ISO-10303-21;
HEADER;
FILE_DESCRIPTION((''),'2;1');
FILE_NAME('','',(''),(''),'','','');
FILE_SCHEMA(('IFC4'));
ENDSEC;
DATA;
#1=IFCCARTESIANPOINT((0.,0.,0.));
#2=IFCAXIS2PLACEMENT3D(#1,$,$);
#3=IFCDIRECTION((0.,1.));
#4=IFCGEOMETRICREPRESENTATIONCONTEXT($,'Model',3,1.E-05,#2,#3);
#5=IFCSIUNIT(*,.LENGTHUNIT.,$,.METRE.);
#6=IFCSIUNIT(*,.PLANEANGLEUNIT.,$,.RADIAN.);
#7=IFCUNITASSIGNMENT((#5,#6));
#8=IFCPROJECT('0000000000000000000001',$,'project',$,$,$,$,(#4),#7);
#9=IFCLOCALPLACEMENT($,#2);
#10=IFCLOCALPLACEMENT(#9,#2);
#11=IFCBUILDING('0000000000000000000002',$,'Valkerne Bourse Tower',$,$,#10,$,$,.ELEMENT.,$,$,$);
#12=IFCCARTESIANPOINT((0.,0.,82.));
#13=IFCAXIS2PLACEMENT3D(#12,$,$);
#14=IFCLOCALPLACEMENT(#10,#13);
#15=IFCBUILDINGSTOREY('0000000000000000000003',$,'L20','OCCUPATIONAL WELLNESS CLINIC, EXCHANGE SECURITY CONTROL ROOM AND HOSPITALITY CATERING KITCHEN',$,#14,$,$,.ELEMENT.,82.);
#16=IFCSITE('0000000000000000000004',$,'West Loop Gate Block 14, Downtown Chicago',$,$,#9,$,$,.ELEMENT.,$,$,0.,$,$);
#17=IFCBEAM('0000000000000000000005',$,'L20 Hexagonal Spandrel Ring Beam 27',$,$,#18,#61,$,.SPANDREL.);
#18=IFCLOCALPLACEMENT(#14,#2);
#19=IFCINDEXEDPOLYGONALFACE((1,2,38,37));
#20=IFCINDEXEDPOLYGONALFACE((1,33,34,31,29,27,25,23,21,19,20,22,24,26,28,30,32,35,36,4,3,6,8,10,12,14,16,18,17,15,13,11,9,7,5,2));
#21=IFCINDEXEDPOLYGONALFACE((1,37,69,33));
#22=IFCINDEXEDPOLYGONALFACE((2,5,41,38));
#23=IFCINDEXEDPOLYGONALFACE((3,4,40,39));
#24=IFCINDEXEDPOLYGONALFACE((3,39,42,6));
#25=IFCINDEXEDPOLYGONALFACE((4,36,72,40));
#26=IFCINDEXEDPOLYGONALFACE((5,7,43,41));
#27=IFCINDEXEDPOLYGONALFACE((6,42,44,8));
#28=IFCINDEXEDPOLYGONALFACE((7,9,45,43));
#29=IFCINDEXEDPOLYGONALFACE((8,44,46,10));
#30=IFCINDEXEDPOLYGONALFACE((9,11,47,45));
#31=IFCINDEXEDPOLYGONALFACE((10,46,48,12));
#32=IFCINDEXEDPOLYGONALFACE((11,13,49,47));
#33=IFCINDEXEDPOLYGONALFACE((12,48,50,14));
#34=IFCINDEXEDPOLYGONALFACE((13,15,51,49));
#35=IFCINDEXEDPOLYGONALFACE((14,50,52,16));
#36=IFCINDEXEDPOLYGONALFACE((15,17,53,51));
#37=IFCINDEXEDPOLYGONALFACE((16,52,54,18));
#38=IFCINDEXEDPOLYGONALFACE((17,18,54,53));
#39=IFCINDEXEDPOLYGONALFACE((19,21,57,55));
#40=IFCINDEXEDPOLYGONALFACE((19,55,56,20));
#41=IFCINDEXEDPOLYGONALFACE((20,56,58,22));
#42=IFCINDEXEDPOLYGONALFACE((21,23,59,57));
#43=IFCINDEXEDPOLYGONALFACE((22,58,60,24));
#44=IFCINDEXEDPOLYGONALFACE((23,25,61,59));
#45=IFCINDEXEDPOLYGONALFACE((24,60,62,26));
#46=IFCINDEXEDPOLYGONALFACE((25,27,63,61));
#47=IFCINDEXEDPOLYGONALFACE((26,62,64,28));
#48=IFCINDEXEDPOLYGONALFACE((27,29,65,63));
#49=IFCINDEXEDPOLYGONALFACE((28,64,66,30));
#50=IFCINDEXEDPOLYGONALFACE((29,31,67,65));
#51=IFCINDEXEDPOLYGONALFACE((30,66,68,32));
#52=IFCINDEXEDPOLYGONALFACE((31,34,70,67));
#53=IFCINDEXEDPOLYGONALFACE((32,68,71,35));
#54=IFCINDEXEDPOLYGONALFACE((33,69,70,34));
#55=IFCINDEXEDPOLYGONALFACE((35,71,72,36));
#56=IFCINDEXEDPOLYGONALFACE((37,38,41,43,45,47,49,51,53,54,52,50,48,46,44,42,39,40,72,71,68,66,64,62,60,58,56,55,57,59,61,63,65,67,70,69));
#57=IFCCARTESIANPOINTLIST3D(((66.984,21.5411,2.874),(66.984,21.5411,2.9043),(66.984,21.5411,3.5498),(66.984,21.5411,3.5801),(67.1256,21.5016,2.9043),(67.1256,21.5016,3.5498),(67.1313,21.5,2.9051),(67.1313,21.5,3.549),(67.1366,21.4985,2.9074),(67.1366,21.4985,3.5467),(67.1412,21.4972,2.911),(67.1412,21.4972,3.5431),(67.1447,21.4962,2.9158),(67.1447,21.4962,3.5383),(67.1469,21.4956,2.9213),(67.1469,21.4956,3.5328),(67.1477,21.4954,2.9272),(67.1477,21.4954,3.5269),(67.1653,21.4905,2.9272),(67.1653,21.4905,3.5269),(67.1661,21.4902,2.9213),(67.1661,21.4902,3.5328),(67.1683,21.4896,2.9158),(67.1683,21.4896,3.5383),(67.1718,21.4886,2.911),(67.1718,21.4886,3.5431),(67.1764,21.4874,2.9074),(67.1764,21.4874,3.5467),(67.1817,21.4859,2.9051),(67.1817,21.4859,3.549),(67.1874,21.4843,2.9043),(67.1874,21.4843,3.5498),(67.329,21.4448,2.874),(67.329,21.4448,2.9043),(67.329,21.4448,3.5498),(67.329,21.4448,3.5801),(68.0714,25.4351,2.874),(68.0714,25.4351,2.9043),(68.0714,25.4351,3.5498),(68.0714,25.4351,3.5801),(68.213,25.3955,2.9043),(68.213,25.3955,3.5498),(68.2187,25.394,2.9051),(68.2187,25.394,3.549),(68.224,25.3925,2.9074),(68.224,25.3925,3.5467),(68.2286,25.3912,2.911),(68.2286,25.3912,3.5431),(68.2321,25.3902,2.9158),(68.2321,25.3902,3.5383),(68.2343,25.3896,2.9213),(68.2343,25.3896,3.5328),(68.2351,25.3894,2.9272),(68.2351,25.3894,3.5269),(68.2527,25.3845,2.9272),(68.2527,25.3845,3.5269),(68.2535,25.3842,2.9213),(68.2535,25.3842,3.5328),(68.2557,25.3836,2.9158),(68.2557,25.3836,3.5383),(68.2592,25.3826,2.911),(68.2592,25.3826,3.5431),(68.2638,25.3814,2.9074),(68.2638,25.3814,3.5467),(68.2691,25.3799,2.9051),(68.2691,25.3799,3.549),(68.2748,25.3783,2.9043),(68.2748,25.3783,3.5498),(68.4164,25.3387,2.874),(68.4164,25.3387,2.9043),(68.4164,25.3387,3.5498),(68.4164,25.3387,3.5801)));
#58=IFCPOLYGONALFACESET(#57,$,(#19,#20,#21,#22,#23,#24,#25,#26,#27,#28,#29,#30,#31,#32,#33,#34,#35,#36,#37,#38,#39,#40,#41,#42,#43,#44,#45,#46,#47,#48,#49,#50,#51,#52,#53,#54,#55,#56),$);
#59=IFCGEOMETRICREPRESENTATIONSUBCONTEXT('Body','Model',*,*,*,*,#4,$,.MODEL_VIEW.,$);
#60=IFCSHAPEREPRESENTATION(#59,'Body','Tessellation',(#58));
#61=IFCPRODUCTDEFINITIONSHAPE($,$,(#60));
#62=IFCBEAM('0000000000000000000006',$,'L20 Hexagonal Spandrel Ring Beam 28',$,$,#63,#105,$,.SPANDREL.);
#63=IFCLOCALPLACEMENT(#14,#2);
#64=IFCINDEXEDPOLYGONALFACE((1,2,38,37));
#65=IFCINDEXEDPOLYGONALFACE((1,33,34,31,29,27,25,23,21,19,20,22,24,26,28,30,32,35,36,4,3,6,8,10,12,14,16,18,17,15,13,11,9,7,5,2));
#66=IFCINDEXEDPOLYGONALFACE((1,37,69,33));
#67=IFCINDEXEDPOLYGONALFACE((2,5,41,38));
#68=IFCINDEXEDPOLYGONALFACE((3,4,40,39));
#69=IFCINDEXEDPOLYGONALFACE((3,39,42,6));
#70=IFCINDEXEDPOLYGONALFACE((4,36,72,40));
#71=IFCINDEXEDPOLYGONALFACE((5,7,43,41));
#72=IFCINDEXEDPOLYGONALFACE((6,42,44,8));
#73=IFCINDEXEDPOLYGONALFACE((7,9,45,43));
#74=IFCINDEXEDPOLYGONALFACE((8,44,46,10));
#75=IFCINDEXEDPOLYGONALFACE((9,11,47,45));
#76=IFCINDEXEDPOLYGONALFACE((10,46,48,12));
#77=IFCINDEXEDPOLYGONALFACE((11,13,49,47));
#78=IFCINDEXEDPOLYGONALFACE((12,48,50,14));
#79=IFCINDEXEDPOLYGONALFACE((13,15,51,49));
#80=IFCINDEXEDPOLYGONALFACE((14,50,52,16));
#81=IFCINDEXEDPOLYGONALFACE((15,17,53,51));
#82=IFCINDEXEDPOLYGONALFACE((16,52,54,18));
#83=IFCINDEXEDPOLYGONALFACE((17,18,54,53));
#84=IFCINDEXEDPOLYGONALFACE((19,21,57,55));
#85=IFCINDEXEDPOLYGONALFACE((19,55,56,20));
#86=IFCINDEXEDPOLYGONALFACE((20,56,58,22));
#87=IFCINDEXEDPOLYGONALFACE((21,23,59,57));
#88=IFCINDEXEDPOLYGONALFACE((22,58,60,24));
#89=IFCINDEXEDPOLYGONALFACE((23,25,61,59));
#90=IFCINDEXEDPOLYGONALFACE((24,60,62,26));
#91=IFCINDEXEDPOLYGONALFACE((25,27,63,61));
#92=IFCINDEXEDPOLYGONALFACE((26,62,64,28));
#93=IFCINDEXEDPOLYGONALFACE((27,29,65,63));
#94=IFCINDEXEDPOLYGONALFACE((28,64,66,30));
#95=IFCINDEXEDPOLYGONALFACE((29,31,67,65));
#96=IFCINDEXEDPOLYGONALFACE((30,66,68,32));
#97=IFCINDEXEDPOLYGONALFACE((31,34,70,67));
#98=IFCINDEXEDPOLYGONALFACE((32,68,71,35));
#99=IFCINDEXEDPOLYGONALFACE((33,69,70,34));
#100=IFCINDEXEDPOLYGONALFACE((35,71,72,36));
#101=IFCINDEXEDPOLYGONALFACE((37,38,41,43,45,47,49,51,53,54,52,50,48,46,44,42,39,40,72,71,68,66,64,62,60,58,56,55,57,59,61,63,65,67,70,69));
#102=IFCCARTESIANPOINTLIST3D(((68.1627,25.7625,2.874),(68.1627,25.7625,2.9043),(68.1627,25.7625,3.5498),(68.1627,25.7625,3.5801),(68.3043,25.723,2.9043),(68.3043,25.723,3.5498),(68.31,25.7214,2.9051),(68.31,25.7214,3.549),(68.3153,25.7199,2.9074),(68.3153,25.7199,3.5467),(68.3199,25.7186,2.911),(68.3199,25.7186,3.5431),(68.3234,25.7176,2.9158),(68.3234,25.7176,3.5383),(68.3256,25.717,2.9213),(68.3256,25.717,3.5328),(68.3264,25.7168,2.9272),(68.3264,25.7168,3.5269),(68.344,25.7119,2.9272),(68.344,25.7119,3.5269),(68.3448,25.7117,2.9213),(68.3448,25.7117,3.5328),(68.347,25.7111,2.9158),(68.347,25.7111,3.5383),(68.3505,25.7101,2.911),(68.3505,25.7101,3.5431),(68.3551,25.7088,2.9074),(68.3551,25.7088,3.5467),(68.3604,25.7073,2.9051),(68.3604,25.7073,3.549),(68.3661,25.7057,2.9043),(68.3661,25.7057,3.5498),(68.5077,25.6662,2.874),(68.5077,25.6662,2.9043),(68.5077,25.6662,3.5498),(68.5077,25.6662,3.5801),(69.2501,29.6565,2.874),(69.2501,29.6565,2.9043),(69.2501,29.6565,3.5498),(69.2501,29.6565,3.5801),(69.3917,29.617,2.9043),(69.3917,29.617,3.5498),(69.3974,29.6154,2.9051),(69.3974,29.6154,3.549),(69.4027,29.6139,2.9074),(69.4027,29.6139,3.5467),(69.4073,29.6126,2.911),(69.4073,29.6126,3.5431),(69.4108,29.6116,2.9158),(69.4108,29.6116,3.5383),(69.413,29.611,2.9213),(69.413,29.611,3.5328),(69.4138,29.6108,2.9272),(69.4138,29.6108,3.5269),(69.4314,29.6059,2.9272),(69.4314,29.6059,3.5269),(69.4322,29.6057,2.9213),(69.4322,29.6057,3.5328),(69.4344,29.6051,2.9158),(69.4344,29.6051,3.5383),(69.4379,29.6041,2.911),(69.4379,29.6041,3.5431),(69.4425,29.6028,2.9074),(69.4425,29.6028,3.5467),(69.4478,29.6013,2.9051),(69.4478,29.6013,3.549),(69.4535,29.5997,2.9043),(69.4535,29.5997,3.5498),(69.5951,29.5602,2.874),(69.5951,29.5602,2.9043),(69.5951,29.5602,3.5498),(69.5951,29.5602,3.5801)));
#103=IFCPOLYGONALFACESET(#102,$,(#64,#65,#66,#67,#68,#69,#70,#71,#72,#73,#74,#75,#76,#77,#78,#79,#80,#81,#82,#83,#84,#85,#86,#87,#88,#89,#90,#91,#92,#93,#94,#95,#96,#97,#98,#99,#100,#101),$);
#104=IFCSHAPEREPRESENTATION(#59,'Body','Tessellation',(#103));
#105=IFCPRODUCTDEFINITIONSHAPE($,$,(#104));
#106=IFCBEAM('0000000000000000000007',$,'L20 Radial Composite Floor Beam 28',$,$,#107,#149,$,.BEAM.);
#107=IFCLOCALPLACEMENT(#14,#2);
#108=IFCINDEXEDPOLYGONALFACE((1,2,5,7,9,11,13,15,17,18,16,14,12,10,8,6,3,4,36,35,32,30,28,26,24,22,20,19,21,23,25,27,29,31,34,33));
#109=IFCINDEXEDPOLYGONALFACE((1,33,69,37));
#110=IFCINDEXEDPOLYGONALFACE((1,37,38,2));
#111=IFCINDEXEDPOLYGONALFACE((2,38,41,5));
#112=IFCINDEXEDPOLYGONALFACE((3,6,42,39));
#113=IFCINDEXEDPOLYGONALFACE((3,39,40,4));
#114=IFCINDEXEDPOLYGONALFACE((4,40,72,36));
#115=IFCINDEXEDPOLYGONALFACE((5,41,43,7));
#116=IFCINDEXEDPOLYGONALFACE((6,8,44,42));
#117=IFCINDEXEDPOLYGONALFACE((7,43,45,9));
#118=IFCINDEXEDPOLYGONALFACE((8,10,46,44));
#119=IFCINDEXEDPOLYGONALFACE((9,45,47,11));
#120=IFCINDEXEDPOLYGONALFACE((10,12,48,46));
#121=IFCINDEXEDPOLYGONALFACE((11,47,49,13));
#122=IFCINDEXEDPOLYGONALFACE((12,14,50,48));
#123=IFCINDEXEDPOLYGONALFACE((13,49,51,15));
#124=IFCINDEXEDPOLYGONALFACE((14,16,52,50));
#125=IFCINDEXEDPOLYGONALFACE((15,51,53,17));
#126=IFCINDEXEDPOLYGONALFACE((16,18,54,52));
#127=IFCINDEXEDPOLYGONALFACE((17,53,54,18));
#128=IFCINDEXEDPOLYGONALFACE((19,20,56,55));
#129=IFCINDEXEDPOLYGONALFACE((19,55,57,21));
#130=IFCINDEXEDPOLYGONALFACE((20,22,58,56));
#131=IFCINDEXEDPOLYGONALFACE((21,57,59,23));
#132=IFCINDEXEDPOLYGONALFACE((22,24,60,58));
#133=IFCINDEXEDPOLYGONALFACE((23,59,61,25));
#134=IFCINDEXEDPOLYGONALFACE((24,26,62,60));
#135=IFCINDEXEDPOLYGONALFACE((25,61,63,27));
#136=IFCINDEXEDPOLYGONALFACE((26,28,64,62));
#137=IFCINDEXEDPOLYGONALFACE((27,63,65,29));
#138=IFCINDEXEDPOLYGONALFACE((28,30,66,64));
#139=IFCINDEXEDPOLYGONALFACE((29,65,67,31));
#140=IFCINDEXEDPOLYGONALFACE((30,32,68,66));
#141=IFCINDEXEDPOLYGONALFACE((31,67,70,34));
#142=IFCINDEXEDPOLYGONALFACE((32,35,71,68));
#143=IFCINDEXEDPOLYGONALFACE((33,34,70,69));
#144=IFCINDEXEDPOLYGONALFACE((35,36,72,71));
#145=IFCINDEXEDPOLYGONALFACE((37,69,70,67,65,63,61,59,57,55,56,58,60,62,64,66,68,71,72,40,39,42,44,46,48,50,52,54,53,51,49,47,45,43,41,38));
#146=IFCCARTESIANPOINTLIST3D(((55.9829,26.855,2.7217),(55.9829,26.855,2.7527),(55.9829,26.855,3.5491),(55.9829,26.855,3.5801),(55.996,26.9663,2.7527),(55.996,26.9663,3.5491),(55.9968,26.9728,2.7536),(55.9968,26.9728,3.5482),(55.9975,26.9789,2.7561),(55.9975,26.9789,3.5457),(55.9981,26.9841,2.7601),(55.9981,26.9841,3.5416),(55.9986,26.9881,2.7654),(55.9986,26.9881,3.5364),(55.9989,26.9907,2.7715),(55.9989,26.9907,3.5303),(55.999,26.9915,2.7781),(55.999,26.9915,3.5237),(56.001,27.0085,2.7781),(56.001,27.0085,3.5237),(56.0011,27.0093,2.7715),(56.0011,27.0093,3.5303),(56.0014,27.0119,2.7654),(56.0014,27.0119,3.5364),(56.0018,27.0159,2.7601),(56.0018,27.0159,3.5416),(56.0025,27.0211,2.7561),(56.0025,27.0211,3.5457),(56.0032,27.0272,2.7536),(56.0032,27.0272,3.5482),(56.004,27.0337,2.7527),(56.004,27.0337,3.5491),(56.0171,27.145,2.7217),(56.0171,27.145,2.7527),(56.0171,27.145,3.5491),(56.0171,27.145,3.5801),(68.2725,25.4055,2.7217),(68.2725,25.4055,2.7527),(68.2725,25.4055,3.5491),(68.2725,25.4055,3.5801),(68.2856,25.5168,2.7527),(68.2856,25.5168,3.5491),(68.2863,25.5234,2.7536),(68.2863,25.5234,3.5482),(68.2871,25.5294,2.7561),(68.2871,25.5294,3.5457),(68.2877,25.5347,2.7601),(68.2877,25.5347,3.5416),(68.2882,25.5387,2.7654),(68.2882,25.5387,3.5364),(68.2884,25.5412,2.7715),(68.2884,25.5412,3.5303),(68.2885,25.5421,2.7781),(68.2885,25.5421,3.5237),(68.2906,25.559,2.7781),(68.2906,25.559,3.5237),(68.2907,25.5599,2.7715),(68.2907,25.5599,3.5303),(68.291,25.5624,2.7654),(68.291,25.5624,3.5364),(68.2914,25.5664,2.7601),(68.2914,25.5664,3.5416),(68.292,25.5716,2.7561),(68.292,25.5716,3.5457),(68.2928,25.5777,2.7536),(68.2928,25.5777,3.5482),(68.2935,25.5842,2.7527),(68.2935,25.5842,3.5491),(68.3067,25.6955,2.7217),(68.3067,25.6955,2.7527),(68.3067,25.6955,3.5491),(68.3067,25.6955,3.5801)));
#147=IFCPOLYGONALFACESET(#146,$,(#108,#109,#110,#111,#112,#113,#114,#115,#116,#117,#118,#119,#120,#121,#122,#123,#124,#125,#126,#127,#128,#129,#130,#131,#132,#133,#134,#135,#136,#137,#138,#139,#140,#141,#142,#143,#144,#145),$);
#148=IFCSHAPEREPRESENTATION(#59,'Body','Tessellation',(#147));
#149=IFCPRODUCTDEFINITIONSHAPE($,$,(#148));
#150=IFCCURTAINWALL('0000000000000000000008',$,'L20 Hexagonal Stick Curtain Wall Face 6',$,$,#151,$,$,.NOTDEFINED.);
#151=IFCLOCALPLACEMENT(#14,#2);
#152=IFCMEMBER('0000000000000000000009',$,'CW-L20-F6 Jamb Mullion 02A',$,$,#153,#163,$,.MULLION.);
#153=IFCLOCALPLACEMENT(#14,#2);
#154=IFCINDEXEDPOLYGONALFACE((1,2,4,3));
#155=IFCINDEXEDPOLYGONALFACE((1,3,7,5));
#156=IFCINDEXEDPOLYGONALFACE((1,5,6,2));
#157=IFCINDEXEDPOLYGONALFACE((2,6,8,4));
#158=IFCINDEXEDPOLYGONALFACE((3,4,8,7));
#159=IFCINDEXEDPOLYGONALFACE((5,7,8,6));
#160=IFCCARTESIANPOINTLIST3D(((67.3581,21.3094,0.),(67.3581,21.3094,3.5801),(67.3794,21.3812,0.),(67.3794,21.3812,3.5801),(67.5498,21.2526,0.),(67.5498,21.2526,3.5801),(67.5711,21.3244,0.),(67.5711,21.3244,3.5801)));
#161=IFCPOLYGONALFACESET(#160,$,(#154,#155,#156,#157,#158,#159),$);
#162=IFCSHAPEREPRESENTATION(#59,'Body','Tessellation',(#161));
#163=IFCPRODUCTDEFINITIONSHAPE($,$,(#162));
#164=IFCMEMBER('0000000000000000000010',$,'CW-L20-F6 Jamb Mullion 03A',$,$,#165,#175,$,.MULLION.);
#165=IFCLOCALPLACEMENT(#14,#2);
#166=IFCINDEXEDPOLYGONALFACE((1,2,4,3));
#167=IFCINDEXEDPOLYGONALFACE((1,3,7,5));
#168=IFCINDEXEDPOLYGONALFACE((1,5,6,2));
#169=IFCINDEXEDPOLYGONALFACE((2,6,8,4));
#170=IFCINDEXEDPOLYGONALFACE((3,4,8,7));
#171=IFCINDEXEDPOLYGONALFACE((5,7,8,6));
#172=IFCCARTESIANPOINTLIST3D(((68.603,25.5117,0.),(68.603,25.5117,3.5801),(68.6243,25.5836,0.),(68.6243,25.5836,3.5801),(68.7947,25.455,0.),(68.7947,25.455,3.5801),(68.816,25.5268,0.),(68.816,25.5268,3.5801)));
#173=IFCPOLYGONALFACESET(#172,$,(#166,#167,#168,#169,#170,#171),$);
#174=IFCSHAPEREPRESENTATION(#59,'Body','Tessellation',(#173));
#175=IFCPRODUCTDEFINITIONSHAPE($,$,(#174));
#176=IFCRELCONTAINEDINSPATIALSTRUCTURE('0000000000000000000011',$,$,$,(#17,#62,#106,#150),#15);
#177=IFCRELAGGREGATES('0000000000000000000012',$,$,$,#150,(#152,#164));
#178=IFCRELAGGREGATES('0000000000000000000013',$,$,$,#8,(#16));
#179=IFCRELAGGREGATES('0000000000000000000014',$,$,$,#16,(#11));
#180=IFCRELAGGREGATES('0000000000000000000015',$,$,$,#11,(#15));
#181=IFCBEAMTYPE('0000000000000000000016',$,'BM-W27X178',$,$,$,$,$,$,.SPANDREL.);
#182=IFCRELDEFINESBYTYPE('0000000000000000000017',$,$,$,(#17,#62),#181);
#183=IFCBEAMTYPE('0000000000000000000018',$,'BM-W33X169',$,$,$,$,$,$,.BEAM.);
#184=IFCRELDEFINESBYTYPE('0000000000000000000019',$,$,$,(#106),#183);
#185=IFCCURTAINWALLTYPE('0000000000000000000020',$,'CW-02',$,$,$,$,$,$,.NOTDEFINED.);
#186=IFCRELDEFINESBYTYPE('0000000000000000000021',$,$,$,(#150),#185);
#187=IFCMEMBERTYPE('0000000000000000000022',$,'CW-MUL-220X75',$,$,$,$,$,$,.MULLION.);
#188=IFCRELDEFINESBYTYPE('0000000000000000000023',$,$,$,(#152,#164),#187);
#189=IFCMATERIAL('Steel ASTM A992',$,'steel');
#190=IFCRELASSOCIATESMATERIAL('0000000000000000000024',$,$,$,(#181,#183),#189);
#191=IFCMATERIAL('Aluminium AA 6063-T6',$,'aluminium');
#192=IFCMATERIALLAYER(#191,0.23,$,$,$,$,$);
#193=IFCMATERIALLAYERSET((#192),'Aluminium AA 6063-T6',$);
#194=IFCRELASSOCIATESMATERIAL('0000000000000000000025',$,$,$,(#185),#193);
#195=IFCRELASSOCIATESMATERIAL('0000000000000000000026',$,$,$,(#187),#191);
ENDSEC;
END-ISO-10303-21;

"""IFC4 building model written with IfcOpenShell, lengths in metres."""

from ifc_helpers import new_model, si_unit, direction, frame, origin, origin_2d, place, context, subcontext, project, spatial, rectangle, i_section, extrude, material, layer, layer_set, material_profile, profile_set, type_object, element, aggregate, save


model = new_model("IFC4")

# Units and contexts
model_context = context("Model", 3, precision=1e-05, world=origin(), true_north=direction((0.0, 1.0)))
body_context = subcontext(model_context, "Body", "Model", "MODEL_VIEW")
ifc_project = project(units=[si_unit("LENGTHUNIT", "METRE"), si_unit("PLANEANGLEUNIT", "RADIAN")], contexts=[model_context])

# Site, building, storey
site_placement = place(None, origin())
site = spatial("IfcSite", under=ifc_project, at=site_placement, Name="West Loop Gate Block 14, Downtown Chicago", CompositionType="ELEMENT", RefElevation=0.0)
building_placement = place(site_placement, origin())
building = spatial("IfcBuilding", under=site, at=building_placement, Name="Valkerne Bourse Tower", CompositionType="ELEMENT")
storey_placement = place(building_placement, frame((0.0, 0.0, 82.0)))
storey = spatial("IfcBuildingStorey", under=building, at=storey_placement, Name="L20", Description="OCCUPATIONAL WELLNESS CLINIC, EXCHANGE SECURITY CONTROL ROOM AND HOSPITALITY CATERING KITCHEN", CompositionType="ELEMENT", Elevation=82.0)

# Beams
ifc_material_1 = material(Name="Steel ASTM A992", Category="steel")
ifc_material_profile_1 = material_profile(ifc_material_1, i_section(OverallWidth=0.3582, OverallDepth=0.7061, WebThickness=0.0183, FlangeThickness=0.0303, FilletRadius=0.0229, at=origin_2d()), Name="W27X178")
ifc_profile_set_1 = profile_set([ifc_material_profile_1], Name="Steel ASTM A992")
beam_type_1 = type_object("IfcBeamType", Name="BM-W27X178", PredefinedType="SPANDREL", material=ifc_profile_set_1)
for number, where, z_axis, x_axis, name in (
    (1, (67.1565, 21.4929, 3.2271), (0.268958, 0.963152, 0.0), (-0.963152, 0.268958, 0.0), "L20 Hexagonal Spandrel Ring Beam 27"),
    (2, (68.3352, 25.7144, 3.2271), (0.268958, 0.963152, 0.0), (-0.963152, 0.268958, 0.0), "L20 Hexagonal Spandrel Ring Beam 28"),
):
    element("IfcBeam", number, at=place(storey_placement, frame(where, z_axis=z_axis, x_axis=x_axis)), inside=storey, type_object=beam_type_1, Name=name, PredefinedType="SPANDREL", context=body_context, shape_type="SweptSolid", body=[
        extrude(i_section(OverallWidth=0.3582, OverallDepth=0.7061, WebThickness=0.0183, FlangeThickness=0.0303, FilletRadius=0.0229, at=origin_2d()), origin(), (0.0, 0.0, 1.0), 4.043),
    ])
ifc_material_profile_2 = material_profile(ifc_material_1, i_section(OverallWidth=0.292, OverallDepth=0.8584, WebThickness=0.0171, FlangeThickness=0.031, FilletRadius=0.0254, at=origin_2d()), Name="W33X169")
ifc_profile_set_2 = profile_set([ifc_material_profile_2], Name="Steel ASTM A992")
beam_type_2 = type_object("IfcBeamType", Name="BM-W33X169", PredefinedType="BEAM", material=ifc_profile_set_2)
beam_1_placement = place(storey_placement, frame((68.2896, 25.5505, 3.1509), z_axis=(-0.993116, 0.117131, 0.0), x_axis=(-0.117131, -0.993116, 0.0)))
element("IfcBeam", 3, at=beam_1_placement, inside=storey, type_object=beam_type_2, Name="L20 Radial Composite Floor Beam 28", PredefinedType="BEAM", context=body_context, shape_type="SweptSolid", body=[
    extrude(i_section(OverallWidth=0.292, OverallDepth=0.8584, WebThickness=0.0171, FlangeThickness=0.031, FilletRadius=0.0254, at=origin_2d()), origin(), (0.0, 0.0, 1.0), 12.3748),
])

# Curtain wall, members
ifc_material_2 = material(Name="Aluminium AA 6063-T6", Category="aluminium")
ifc_layer_1 = layer(ifc_material_2, 0.23)
ifc_layer_set_1 = layer_set([ifc_layer_1], Name="Aluminium AA 6063-T6")
curtain_wall_type = type_object("IfcCurtainWallType", Name="CW-02", PredefinedType="NOTDEFINED", material=ifc_layer_set_1)
curtain_wall_placement = place(storey_placement, origin())
curtain_wall = element("IfcCurtainWall", 4, at=curtain_wall_placement, inside=storey, type_object=curtain_wall_type, Name="L20 Hexagonal Stick Curtain Wall Face 6", PredefinedType="NOTDEFINED")
ifc_material_profile_3 = material_profile(ifc_material_2, rectangle(XDim=0.075, YDim=0.2, at=origin_2d()), Name="CWM-75X200")
ifc_profile_set_3 = profile_set([ifc_material_profile_3], Name="Aluminium AA 6063-T6")
member_type_1 = type_object("IfcMemberType", Name="CW-MUL-220X75", PredefinedType="MULLION", material=ifc_profile_set_3)
member_1_placement = place(storey_placement, frame((67.4646, 21.3169, 0.0), z_axis=(0.0, 0.0, 1.0), x_axis=(0.284029, 0.958816, 0.0)))
member_1 = element("IfcMember", 5, at=member_1_placement, type_object=member_type_1, Name="CW-L20-F6 Jamb Mullion 02A", PredefinedType="MULLION", context=body_context, shape_type="SweptSolid", body=[
    extrude(rectangle(XDim=0.075, YDim=0.2, at=origin_2d()), origin(), (0.0, 0.0, 1.0), 3.5801),
])
member_2_placement = place(storey_placement, frame((68.7095, 25.5193, 0.0), z_axis=(0.0, 0.0, 1.0), x_axis=(0.284008, 0.958822, 0.0)))
member_2 = element("IfcMember", 6, at=member_2_placement, type_object=member_type_1, Name="CW-L20-F6 Jamb Mullion 03A", PredefinedType="MULLION", context=body_context, shape_type="SweptSolid", body=[
    extrude(rectangle(XDim=0.075, YDim=0.2, at=origin_2d()), origin(), (0.0, 0.0, 1.0), 3.5801),
])

aggregate(curtain_wall, [member_1, member_2])

save(model, "model.ifc")
